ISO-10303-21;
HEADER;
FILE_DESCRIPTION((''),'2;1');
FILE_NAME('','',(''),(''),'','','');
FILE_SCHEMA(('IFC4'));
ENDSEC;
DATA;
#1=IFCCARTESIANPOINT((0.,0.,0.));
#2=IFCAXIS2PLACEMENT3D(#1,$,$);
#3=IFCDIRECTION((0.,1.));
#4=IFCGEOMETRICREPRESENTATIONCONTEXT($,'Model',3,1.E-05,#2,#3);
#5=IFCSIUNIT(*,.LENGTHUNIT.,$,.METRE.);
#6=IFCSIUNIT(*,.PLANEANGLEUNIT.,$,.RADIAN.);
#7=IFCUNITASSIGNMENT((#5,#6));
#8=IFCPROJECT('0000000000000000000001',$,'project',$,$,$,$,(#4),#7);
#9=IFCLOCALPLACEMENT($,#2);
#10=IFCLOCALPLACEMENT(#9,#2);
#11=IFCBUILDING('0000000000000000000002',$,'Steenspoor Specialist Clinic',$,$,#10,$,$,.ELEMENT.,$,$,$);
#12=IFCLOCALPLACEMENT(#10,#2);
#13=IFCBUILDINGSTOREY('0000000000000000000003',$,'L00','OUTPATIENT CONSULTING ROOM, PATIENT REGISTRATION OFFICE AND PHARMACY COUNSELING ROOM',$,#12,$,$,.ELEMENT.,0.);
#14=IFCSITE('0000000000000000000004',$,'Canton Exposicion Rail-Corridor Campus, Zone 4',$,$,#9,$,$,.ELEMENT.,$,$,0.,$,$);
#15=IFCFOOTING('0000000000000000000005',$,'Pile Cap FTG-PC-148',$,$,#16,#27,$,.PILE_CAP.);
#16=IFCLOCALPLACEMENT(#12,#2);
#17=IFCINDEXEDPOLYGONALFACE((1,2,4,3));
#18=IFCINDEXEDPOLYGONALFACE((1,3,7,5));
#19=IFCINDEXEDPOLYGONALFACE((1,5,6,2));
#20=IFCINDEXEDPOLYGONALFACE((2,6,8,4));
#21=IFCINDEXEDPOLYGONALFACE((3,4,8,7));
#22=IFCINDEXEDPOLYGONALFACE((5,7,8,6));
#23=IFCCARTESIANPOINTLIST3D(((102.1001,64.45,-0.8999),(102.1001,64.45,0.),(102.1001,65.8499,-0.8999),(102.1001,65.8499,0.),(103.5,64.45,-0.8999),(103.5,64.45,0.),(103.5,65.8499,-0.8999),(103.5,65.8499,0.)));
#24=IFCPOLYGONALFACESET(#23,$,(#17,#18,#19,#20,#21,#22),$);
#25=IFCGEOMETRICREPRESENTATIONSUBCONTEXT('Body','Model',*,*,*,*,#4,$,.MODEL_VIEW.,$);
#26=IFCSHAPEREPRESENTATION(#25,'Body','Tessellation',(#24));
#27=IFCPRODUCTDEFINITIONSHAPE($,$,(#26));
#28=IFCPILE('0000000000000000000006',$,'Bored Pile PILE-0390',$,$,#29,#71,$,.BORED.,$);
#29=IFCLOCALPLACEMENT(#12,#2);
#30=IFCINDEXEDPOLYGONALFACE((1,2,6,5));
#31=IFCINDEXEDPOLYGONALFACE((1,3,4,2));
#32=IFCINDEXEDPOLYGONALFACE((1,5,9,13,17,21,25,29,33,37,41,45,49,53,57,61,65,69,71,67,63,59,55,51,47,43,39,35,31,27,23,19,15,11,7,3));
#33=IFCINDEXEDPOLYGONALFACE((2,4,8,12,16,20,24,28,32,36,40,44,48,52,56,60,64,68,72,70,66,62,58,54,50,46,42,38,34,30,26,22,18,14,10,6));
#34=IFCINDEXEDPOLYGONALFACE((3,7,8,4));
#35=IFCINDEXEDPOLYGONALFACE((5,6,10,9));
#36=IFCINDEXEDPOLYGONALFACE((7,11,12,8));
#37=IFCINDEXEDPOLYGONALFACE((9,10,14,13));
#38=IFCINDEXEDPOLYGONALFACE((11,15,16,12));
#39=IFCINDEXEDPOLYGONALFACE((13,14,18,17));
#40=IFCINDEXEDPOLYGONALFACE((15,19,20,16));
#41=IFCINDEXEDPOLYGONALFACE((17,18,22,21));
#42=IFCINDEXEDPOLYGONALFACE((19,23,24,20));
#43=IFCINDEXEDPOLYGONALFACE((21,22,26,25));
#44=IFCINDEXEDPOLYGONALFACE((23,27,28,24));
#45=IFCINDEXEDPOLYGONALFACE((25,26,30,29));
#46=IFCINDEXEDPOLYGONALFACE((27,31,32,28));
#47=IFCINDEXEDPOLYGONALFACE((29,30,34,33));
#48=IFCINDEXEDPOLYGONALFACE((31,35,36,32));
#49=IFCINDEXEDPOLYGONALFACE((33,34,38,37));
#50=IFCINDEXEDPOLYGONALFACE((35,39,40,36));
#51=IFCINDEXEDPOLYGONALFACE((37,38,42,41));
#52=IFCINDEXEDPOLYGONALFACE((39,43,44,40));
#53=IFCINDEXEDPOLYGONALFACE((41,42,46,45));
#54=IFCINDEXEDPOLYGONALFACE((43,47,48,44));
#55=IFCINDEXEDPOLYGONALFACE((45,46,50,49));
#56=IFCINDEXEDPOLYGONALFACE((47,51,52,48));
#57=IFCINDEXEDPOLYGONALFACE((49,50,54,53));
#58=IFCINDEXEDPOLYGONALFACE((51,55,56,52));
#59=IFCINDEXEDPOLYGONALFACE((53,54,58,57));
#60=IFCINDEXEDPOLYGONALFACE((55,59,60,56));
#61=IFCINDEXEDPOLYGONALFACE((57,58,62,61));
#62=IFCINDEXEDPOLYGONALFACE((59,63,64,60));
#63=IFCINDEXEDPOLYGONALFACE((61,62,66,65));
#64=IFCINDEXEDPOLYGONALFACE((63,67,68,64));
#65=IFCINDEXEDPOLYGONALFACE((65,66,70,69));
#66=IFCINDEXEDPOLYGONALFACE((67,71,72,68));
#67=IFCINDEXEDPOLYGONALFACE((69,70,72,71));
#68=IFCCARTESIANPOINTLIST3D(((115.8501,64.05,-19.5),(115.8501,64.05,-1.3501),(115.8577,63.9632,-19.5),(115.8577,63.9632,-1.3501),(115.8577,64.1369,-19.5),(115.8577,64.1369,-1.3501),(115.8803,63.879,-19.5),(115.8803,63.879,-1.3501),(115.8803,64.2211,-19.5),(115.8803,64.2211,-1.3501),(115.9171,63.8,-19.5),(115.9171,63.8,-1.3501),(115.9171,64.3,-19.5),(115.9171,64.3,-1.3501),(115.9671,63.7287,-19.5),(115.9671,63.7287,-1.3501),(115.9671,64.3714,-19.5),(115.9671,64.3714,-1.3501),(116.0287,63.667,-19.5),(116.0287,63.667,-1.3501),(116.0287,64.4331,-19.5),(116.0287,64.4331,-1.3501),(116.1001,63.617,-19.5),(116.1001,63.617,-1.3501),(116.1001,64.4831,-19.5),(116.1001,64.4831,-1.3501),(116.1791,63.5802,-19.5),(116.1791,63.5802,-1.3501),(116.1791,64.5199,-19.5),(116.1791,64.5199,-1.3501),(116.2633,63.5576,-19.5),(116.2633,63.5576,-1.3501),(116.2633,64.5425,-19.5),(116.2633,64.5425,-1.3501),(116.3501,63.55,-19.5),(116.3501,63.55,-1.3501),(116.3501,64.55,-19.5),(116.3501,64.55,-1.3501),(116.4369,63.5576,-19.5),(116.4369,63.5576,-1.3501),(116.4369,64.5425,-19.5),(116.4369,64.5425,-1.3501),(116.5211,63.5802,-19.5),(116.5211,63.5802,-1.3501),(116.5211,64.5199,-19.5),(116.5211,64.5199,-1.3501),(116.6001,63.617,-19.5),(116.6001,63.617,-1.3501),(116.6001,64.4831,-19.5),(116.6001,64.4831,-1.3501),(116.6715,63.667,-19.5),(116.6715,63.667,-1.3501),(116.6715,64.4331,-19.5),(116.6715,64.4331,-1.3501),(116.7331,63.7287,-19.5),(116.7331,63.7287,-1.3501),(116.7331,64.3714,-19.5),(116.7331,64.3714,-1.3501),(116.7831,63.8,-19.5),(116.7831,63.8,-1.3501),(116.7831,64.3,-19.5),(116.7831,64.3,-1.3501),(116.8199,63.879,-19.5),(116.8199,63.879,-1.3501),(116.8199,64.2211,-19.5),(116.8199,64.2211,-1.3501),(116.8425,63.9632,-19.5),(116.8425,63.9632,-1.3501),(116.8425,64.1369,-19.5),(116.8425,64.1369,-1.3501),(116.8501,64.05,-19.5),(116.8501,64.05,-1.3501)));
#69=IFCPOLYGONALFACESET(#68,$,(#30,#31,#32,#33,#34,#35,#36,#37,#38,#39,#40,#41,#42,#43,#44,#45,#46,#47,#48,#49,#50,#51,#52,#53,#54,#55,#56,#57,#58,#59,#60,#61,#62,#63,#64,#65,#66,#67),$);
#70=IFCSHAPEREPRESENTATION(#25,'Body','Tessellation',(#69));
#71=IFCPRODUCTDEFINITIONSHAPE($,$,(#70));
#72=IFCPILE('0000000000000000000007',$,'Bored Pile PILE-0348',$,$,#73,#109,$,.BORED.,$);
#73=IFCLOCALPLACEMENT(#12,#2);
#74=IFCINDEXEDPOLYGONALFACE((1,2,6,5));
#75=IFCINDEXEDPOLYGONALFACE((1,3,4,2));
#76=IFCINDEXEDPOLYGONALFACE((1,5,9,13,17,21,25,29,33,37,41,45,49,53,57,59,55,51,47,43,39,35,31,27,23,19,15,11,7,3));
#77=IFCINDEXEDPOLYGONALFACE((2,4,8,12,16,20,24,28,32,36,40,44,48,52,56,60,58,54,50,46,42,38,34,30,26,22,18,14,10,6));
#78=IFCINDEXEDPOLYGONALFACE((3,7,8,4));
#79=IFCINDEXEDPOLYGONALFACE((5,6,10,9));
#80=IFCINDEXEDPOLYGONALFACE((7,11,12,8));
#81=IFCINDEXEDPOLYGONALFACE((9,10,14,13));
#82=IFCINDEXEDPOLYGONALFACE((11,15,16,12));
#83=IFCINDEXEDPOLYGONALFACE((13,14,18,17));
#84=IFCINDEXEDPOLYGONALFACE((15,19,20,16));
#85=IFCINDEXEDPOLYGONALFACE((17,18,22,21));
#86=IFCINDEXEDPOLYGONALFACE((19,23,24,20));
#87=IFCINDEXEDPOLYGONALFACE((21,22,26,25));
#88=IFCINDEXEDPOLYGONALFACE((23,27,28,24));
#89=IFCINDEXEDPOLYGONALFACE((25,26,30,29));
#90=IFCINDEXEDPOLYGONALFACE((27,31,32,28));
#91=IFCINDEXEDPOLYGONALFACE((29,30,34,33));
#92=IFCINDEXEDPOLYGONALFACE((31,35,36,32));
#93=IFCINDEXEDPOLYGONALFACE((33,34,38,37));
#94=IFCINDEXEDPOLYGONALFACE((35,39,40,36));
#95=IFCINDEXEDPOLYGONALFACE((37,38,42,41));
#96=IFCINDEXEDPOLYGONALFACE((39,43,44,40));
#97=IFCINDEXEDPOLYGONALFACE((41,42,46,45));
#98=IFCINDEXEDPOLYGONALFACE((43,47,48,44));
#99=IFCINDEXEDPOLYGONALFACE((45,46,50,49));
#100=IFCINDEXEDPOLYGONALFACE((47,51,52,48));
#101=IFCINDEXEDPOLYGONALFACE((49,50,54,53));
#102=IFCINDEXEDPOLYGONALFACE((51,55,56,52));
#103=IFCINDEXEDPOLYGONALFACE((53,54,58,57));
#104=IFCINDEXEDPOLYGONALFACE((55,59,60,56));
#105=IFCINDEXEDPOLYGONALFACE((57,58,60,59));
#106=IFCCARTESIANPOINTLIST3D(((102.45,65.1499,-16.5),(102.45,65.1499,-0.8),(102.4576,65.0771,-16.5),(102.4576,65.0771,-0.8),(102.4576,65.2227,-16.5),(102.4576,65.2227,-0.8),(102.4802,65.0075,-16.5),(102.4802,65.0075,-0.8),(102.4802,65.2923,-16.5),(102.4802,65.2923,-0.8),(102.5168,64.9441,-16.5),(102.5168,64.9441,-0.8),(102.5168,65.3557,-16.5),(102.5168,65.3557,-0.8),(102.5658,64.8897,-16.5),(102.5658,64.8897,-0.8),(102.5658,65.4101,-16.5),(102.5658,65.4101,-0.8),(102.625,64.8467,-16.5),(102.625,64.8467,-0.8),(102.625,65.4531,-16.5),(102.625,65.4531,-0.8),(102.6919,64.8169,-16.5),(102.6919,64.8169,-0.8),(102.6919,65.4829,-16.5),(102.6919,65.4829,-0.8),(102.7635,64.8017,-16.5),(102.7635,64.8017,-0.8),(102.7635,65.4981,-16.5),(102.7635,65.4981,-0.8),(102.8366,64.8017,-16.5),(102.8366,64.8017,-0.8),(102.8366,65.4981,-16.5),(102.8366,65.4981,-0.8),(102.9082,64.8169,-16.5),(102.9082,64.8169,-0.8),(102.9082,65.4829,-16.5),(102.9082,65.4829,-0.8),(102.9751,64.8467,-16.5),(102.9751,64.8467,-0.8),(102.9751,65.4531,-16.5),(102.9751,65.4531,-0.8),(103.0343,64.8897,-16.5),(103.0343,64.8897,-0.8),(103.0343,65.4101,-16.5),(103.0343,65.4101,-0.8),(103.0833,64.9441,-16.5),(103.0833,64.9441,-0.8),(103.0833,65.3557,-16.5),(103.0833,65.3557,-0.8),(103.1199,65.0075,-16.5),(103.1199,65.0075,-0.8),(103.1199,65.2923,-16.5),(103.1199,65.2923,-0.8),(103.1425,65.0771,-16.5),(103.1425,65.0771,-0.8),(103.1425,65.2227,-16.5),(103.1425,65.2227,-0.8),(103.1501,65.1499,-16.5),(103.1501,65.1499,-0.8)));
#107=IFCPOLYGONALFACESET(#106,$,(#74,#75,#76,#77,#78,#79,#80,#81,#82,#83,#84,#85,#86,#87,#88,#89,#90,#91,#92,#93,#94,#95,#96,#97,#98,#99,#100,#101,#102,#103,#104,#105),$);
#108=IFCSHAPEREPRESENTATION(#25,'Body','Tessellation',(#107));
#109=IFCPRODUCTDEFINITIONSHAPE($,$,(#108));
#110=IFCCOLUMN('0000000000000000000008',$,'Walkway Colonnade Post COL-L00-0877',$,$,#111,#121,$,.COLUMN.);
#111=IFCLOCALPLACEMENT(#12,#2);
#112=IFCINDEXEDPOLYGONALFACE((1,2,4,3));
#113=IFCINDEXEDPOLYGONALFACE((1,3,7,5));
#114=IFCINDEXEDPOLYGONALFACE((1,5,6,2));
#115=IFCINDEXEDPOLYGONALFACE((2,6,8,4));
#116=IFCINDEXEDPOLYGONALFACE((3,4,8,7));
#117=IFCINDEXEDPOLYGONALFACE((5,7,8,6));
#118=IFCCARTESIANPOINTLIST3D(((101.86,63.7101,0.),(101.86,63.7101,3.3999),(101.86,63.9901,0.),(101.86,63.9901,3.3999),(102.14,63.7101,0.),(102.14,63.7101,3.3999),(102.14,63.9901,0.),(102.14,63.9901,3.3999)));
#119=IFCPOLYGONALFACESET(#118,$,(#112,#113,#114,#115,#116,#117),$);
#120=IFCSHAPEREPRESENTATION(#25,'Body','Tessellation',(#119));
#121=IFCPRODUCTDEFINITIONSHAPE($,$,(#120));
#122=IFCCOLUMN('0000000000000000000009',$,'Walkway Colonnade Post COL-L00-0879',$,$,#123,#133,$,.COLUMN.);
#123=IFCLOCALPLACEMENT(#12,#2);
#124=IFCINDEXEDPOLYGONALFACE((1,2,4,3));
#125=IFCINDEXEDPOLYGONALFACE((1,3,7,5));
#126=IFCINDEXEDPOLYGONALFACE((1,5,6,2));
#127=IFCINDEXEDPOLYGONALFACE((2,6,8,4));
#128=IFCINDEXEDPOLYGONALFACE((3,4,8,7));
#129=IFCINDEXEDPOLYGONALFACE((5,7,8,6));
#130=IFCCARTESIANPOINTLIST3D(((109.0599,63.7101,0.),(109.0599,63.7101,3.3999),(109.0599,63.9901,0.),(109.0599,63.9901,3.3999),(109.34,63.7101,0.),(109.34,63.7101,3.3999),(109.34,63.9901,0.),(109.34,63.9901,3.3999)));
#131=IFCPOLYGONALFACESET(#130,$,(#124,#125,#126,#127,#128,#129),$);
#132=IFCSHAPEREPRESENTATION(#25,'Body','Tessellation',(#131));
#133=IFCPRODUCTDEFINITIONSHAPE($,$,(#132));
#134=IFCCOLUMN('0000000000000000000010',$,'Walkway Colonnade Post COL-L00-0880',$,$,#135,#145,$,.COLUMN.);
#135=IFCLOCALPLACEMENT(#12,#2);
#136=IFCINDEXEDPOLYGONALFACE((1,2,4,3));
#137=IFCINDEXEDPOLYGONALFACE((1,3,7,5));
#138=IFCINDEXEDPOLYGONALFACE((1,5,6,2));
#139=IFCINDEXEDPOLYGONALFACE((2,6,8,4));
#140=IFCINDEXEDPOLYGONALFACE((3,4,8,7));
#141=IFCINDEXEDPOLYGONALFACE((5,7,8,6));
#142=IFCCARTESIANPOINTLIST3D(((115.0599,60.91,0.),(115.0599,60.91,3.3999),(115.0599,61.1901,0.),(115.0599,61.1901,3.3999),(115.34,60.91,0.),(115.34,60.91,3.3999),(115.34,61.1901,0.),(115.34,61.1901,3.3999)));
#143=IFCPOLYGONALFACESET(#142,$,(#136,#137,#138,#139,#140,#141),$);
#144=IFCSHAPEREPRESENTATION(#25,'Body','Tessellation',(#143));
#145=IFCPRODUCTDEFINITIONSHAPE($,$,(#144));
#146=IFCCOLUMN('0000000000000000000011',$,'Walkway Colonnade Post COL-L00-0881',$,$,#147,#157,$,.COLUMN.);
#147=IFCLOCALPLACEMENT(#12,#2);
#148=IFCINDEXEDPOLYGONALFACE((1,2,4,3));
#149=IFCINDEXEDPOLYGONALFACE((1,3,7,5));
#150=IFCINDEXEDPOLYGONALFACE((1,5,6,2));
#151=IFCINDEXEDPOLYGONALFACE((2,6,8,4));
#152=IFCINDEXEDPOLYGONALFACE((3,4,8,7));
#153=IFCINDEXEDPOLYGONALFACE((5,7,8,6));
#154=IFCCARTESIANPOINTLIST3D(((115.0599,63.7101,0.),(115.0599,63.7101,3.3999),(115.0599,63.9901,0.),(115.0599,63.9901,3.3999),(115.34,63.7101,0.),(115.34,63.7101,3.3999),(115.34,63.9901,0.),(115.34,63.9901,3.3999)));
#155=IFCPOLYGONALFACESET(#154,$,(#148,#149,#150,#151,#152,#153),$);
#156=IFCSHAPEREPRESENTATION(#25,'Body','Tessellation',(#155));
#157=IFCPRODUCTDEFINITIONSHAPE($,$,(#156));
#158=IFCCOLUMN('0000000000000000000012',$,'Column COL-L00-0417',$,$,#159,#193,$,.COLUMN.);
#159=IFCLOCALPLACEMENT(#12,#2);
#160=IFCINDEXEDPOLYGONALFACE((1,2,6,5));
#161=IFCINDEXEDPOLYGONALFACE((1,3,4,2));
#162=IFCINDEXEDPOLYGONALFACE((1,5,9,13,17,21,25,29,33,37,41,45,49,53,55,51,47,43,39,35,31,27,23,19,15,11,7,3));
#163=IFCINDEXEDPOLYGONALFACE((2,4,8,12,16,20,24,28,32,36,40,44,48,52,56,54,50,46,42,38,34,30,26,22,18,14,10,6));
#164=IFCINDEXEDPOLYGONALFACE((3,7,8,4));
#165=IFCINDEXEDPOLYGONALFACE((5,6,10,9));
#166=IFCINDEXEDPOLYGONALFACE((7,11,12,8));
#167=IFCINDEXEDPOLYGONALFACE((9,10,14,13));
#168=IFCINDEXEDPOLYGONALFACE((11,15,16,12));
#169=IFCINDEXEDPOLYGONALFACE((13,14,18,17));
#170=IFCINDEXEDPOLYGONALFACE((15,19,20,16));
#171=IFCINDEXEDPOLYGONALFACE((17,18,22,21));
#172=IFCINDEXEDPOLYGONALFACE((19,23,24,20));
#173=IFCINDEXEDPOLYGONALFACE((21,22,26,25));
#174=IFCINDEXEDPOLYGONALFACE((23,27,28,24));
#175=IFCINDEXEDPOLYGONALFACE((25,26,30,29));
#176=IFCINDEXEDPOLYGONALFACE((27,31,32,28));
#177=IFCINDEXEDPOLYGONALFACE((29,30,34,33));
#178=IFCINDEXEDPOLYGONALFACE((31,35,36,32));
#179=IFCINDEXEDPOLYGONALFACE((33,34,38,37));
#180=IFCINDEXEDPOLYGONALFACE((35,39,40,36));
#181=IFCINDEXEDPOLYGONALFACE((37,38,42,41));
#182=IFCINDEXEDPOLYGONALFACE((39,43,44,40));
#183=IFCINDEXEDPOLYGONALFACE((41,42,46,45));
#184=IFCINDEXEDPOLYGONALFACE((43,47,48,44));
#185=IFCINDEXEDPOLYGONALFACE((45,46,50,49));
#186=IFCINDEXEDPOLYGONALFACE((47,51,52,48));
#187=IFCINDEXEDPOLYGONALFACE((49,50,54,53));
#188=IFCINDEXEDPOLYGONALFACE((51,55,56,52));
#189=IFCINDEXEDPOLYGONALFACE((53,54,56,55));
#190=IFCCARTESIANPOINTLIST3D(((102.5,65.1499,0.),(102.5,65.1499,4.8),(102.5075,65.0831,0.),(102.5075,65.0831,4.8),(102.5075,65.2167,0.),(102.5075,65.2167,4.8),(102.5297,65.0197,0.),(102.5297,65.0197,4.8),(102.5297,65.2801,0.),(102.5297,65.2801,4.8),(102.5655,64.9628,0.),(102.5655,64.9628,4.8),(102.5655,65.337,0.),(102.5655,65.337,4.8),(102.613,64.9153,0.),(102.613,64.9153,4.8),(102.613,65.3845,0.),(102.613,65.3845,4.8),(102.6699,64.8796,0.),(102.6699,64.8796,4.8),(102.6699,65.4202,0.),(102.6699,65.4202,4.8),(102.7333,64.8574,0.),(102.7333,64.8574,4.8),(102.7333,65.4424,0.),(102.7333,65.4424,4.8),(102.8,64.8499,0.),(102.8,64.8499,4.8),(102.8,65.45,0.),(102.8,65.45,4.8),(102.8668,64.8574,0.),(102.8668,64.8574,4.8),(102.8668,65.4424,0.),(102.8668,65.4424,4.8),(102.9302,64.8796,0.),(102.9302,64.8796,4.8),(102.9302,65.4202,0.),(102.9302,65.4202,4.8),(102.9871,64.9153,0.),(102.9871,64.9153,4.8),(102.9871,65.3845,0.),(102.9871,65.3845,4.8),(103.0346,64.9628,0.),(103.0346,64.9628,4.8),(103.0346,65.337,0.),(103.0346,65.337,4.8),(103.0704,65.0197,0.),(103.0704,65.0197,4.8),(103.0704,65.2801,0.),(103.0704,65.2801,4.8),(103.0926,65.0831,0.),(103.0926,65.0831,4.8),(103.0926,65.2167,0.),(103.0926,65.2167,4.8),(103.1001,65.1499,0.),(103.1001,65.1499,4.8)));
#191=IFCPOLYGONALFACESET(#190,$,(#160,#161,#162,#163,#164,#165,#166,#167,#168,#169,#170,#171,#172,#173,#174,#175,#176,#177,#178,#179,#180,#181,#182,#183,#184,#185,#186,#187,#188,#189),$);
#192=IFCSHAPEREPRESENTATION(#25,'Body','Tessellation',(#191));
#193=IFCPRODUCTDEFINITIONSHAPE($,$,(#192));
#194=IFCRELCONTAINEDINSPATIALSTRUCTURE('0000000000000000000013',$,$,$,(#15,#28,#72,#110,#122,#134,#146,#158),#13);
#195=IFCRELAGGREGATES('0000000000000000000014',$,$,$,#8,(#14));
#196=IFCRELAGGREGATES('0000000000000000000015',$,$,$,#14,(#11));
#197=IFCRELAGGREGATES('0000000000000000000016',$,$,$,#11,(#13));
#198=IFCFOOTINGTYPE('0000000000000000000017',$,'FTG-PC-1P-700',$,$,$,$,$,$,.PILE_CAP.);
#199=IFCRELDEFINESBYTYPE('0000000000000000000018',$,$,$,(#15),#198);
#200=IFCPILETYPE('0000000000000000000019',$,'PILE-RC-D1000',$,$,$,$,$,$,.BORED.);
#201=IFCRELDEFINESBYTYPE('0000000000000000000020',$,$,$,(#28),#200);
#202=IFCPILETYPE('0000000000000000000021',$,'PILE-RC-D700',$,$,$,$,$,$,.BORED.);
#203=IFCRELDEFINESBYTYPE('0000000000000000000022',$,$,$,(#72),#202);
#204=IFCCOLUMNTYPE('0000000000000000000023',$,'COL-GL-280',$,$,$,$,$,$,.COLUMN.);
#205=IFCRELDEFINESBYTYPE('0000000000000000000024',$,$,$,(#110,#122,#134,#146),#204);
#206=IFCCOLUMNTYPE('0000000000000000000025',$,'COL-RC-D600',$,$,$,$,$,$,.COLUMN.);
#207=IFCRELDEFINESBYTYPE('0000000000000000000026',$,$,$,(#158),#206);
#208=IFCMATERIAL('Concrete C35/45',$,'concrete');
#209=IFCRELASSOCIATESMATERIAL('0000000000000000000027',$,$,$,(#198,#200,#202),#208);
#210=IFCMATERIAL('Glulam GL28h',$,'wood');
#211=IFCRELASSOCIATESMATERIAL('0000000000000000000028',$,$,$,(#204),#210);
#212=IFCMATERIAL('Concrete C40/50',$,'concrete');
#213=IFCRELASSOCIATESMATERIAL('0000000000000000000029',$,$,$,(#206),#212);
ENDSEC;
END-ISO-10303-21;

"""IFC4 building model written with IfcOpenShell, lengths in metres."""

from ifc_helpers import new_model, si_unit, direction, frame, origin, origin_2d, place, context, subcontext, project, spatial, rectangle, circle, extrude, material, material_profile, profile_set, type_object, element, save


model = new_model("IFC4")

# Units and contexts
model_context = context("Model", 3, precision=1e-05, world=origin(), true_north=direction((0.0, 1.0)))
body_context = subcontext(model_context, "Body", "Model", "MODEL_VIEW")
ifc_project = project(units=[si_unit("LENGTHUNIT", "METRE"), si_unit("PLANEANGLEUNIT", "RADIAN")], contexts=[model_context])

# Site, building, storey
site_placement = place(None, origin())
site = spatial("IfcSite", under=ifc_project, at=site_placement, Name="Canton Exposicion Rail-Corridor Campus, Zone 4", CompositionType="ELEMENT", RefElevation=0.0)
building_placement = place(site_placement, origin())
building = spatial("IfcBuilding", under=site, at=building_placement, Name="Steenspoor Specialist Clinic", CompositionType="ELEMENT")
storey_placement = place(building_placement, origin())
storey = spatial("IfcBuildingStorey", under=building, at=storey_placement, Name="L00", Description="OUTPATIENT CONSULTING ROOM, PATIENT REGISTRATION OFFICE AND PHARMACY COUNSELING ROOM", CompositionType="ELEMENT", Elevation=0.0)

# Footing
ifc_material_1 = material(Name="Concrete C35/45", Category="concrete")
footing_type = type_object("IfcFootingType", Name="FTG-PC-1P-700", PredefinedType="PILE_CAP", material=ifc_material_1)
footing_placement = place(storey_placement, frame((102.8, 65.1499, -0.8999), z_axis=(0.0, 0.0, 1.0), x_axis=(1.0, 0.0, 0.0)))
element("IfcFooting", 1, at=footing_placement, inside=storey, type_object=footing_type, Name="Pile Cap FTG-PC-148", PredefinedType="PILE_CAP", context=body_context, shape_type="SweptSolid", body=[
    extrude(rectangle(XDim=1.3999, YDim=1.3999, at=origin_2d()), origin(), (0.0, 0.0, 1.0), 0.8999),
])

# Piles
ifc_material_profile_1 = material_profile(ifc_material_1, circle(Radius=0.5, at=origin_2d()), Name="PILE-D1000")
ifc_profile_set_1 = profile_set([ifc_material_profile_1], Name="Concrete C35/45")
pile_type_1 = type_object("IfcPileType", Name="PILE-RC-D1000", PredefinedType="BORED", material=ifc_profile_set_1)
pile_1_placement = place(storey_placement, frame((116.3501, 64.05, -1.3501), z_axis=(0.0, 0.0, -1.0), x_axis=(1.0, 0.0, 0.0)))
element("IfcPile", 2, at=pile_1_placement, inside=storey, type_object=pile_type_1, Name="Bored Pile PILE-0390", PredefinedType="BORED", context=body_context, shape_type="SweptSolid", body=[
    extrude(circle(Radius=0.5, at=origin_2d()), origin(), (0.0, 0.0, 1.0), 18.1499),
])
ifc_material_profile_2 = material_profile(ifc_material_1, circle(Radius=0.3501, at=origin_2d()), Name="PILE-D700")
ifc_profile_set_2 = profile_set([ifc_material_profile_2], Name="Concrete C35/45")
pile_type_2 = type_object("IfcPileType", Name="PILE-RC-D700", PredefinedType="BORED", material=ifc_profile_set_2)
pile_2_placement = place(storey_placement, frame((102.8, 65.1499, -0.8), z_axis=(0.0, 0.0, -1.0), x_axis=(1.0, 0.0, 0.0)))
element("IfcPile", 3, at=pile_2_placement, inside=storey, type_object=pile_type_2, Name="Bored Pile PILE-0348", PredefinedType="BORED", context=body_context, shape_type="SweptSolid", body=[
    extrude(circle(Radius=0.3501, at=origin_2d()), origin(), (0.0, 0.0, 1.0), 15.7),
])

# Columns
ifc_material_2 = material(Name="Glulam GL28h", Category="wood")
ifc_material_profile_3 = material_profile(ifc_material_2, rectangle(XDim=0.28, YDim=0.28, at=origin_2d()), Name="GL28H-280X280")
ifc_profile_set_3 = profile_set([ifc_material_profile_3], Name="Glulam GL28h")
column_type_1 = type_object("IfcColumnType", Name="COL-GL-280", PredefinedType="COLUMN", material=ifc_profile_set_3)
for number, where, z_axis, x_axis, name in (
    (4, (102.0, 63.8501, 0.0), (0.0, 0.0, 1.0), (1.0, 0.0, 0.0), "Walkway Colonnade Post COL-L00-0877"),
    (5, (109.2, 63.8501, 0.0), (0.0, 0.0, 1.0), (1.0, 0.0, 0.0), "Walkway Colonnade Post COL-L00-0879"),
    (6, (115.2, 61.05, 0.0), (0.0, 0.0, 1.0), (1.0, 0.0, 0.0), "Walkway Colonnade Post COL-L00-0880"),
    (7, (115.2, 63.8501, 0.0), (0.0, 0.0, 1.0), (1.0, 0.0, 0.0), "Walkway Colonnade Post COL-L00-0881"),
):
    element("IfcColumn", number, at=place(storey_placement, frame(where, z_axis=z_axis, x_axis=x_axis)), inside=storey, type_object=column_type_1, Name=name, PredefinedType="COLUMN", context=body_context, shape_type="SweptSolid", body=[
        extrude(rectangle(XDim=0.28, YDim=0.28, at=origin_2d()), origin(), (0.0, 0.0, 1.0), 3.3999),
    ])
ifc_material_3 = material(Name="Concrete C40/50", Category="concrete")
ifc_material_profile_4 = material_profile(ifc_material_3, circle(Radius=0.3, at=origin_2d()), Name="RC-COL-D600")
ifc_profile_set_4 = profile_set([ifc_material_profile_4], Name="Concrete C40/50")
column_type_2 = type_object("IfcColumnType", Name="COL-RC-D600", PredefinedType="COLUMN", material=ifc_profile_set_4)
column_placement = place(storey_placement, frame((102.8, 65.1499, 0.0), z_axis=(0.0, 0.0, 1.0), x_axis=(1.0, 0.0, 0.0)))
element("IfcColumn", 8, at=column_placement, inside=storey, type_object=column_type_2, Name="Column COL-L00-0417", PredefinedType="COLUMN", context=body_context, shape_type="SweptSolid", body=[
    extrude(circle(Radius=0.3, at=origin_2d()), origin(), (0.0, 0.0, 1.0), 4.8),
])

save(model, "model.ifc")
